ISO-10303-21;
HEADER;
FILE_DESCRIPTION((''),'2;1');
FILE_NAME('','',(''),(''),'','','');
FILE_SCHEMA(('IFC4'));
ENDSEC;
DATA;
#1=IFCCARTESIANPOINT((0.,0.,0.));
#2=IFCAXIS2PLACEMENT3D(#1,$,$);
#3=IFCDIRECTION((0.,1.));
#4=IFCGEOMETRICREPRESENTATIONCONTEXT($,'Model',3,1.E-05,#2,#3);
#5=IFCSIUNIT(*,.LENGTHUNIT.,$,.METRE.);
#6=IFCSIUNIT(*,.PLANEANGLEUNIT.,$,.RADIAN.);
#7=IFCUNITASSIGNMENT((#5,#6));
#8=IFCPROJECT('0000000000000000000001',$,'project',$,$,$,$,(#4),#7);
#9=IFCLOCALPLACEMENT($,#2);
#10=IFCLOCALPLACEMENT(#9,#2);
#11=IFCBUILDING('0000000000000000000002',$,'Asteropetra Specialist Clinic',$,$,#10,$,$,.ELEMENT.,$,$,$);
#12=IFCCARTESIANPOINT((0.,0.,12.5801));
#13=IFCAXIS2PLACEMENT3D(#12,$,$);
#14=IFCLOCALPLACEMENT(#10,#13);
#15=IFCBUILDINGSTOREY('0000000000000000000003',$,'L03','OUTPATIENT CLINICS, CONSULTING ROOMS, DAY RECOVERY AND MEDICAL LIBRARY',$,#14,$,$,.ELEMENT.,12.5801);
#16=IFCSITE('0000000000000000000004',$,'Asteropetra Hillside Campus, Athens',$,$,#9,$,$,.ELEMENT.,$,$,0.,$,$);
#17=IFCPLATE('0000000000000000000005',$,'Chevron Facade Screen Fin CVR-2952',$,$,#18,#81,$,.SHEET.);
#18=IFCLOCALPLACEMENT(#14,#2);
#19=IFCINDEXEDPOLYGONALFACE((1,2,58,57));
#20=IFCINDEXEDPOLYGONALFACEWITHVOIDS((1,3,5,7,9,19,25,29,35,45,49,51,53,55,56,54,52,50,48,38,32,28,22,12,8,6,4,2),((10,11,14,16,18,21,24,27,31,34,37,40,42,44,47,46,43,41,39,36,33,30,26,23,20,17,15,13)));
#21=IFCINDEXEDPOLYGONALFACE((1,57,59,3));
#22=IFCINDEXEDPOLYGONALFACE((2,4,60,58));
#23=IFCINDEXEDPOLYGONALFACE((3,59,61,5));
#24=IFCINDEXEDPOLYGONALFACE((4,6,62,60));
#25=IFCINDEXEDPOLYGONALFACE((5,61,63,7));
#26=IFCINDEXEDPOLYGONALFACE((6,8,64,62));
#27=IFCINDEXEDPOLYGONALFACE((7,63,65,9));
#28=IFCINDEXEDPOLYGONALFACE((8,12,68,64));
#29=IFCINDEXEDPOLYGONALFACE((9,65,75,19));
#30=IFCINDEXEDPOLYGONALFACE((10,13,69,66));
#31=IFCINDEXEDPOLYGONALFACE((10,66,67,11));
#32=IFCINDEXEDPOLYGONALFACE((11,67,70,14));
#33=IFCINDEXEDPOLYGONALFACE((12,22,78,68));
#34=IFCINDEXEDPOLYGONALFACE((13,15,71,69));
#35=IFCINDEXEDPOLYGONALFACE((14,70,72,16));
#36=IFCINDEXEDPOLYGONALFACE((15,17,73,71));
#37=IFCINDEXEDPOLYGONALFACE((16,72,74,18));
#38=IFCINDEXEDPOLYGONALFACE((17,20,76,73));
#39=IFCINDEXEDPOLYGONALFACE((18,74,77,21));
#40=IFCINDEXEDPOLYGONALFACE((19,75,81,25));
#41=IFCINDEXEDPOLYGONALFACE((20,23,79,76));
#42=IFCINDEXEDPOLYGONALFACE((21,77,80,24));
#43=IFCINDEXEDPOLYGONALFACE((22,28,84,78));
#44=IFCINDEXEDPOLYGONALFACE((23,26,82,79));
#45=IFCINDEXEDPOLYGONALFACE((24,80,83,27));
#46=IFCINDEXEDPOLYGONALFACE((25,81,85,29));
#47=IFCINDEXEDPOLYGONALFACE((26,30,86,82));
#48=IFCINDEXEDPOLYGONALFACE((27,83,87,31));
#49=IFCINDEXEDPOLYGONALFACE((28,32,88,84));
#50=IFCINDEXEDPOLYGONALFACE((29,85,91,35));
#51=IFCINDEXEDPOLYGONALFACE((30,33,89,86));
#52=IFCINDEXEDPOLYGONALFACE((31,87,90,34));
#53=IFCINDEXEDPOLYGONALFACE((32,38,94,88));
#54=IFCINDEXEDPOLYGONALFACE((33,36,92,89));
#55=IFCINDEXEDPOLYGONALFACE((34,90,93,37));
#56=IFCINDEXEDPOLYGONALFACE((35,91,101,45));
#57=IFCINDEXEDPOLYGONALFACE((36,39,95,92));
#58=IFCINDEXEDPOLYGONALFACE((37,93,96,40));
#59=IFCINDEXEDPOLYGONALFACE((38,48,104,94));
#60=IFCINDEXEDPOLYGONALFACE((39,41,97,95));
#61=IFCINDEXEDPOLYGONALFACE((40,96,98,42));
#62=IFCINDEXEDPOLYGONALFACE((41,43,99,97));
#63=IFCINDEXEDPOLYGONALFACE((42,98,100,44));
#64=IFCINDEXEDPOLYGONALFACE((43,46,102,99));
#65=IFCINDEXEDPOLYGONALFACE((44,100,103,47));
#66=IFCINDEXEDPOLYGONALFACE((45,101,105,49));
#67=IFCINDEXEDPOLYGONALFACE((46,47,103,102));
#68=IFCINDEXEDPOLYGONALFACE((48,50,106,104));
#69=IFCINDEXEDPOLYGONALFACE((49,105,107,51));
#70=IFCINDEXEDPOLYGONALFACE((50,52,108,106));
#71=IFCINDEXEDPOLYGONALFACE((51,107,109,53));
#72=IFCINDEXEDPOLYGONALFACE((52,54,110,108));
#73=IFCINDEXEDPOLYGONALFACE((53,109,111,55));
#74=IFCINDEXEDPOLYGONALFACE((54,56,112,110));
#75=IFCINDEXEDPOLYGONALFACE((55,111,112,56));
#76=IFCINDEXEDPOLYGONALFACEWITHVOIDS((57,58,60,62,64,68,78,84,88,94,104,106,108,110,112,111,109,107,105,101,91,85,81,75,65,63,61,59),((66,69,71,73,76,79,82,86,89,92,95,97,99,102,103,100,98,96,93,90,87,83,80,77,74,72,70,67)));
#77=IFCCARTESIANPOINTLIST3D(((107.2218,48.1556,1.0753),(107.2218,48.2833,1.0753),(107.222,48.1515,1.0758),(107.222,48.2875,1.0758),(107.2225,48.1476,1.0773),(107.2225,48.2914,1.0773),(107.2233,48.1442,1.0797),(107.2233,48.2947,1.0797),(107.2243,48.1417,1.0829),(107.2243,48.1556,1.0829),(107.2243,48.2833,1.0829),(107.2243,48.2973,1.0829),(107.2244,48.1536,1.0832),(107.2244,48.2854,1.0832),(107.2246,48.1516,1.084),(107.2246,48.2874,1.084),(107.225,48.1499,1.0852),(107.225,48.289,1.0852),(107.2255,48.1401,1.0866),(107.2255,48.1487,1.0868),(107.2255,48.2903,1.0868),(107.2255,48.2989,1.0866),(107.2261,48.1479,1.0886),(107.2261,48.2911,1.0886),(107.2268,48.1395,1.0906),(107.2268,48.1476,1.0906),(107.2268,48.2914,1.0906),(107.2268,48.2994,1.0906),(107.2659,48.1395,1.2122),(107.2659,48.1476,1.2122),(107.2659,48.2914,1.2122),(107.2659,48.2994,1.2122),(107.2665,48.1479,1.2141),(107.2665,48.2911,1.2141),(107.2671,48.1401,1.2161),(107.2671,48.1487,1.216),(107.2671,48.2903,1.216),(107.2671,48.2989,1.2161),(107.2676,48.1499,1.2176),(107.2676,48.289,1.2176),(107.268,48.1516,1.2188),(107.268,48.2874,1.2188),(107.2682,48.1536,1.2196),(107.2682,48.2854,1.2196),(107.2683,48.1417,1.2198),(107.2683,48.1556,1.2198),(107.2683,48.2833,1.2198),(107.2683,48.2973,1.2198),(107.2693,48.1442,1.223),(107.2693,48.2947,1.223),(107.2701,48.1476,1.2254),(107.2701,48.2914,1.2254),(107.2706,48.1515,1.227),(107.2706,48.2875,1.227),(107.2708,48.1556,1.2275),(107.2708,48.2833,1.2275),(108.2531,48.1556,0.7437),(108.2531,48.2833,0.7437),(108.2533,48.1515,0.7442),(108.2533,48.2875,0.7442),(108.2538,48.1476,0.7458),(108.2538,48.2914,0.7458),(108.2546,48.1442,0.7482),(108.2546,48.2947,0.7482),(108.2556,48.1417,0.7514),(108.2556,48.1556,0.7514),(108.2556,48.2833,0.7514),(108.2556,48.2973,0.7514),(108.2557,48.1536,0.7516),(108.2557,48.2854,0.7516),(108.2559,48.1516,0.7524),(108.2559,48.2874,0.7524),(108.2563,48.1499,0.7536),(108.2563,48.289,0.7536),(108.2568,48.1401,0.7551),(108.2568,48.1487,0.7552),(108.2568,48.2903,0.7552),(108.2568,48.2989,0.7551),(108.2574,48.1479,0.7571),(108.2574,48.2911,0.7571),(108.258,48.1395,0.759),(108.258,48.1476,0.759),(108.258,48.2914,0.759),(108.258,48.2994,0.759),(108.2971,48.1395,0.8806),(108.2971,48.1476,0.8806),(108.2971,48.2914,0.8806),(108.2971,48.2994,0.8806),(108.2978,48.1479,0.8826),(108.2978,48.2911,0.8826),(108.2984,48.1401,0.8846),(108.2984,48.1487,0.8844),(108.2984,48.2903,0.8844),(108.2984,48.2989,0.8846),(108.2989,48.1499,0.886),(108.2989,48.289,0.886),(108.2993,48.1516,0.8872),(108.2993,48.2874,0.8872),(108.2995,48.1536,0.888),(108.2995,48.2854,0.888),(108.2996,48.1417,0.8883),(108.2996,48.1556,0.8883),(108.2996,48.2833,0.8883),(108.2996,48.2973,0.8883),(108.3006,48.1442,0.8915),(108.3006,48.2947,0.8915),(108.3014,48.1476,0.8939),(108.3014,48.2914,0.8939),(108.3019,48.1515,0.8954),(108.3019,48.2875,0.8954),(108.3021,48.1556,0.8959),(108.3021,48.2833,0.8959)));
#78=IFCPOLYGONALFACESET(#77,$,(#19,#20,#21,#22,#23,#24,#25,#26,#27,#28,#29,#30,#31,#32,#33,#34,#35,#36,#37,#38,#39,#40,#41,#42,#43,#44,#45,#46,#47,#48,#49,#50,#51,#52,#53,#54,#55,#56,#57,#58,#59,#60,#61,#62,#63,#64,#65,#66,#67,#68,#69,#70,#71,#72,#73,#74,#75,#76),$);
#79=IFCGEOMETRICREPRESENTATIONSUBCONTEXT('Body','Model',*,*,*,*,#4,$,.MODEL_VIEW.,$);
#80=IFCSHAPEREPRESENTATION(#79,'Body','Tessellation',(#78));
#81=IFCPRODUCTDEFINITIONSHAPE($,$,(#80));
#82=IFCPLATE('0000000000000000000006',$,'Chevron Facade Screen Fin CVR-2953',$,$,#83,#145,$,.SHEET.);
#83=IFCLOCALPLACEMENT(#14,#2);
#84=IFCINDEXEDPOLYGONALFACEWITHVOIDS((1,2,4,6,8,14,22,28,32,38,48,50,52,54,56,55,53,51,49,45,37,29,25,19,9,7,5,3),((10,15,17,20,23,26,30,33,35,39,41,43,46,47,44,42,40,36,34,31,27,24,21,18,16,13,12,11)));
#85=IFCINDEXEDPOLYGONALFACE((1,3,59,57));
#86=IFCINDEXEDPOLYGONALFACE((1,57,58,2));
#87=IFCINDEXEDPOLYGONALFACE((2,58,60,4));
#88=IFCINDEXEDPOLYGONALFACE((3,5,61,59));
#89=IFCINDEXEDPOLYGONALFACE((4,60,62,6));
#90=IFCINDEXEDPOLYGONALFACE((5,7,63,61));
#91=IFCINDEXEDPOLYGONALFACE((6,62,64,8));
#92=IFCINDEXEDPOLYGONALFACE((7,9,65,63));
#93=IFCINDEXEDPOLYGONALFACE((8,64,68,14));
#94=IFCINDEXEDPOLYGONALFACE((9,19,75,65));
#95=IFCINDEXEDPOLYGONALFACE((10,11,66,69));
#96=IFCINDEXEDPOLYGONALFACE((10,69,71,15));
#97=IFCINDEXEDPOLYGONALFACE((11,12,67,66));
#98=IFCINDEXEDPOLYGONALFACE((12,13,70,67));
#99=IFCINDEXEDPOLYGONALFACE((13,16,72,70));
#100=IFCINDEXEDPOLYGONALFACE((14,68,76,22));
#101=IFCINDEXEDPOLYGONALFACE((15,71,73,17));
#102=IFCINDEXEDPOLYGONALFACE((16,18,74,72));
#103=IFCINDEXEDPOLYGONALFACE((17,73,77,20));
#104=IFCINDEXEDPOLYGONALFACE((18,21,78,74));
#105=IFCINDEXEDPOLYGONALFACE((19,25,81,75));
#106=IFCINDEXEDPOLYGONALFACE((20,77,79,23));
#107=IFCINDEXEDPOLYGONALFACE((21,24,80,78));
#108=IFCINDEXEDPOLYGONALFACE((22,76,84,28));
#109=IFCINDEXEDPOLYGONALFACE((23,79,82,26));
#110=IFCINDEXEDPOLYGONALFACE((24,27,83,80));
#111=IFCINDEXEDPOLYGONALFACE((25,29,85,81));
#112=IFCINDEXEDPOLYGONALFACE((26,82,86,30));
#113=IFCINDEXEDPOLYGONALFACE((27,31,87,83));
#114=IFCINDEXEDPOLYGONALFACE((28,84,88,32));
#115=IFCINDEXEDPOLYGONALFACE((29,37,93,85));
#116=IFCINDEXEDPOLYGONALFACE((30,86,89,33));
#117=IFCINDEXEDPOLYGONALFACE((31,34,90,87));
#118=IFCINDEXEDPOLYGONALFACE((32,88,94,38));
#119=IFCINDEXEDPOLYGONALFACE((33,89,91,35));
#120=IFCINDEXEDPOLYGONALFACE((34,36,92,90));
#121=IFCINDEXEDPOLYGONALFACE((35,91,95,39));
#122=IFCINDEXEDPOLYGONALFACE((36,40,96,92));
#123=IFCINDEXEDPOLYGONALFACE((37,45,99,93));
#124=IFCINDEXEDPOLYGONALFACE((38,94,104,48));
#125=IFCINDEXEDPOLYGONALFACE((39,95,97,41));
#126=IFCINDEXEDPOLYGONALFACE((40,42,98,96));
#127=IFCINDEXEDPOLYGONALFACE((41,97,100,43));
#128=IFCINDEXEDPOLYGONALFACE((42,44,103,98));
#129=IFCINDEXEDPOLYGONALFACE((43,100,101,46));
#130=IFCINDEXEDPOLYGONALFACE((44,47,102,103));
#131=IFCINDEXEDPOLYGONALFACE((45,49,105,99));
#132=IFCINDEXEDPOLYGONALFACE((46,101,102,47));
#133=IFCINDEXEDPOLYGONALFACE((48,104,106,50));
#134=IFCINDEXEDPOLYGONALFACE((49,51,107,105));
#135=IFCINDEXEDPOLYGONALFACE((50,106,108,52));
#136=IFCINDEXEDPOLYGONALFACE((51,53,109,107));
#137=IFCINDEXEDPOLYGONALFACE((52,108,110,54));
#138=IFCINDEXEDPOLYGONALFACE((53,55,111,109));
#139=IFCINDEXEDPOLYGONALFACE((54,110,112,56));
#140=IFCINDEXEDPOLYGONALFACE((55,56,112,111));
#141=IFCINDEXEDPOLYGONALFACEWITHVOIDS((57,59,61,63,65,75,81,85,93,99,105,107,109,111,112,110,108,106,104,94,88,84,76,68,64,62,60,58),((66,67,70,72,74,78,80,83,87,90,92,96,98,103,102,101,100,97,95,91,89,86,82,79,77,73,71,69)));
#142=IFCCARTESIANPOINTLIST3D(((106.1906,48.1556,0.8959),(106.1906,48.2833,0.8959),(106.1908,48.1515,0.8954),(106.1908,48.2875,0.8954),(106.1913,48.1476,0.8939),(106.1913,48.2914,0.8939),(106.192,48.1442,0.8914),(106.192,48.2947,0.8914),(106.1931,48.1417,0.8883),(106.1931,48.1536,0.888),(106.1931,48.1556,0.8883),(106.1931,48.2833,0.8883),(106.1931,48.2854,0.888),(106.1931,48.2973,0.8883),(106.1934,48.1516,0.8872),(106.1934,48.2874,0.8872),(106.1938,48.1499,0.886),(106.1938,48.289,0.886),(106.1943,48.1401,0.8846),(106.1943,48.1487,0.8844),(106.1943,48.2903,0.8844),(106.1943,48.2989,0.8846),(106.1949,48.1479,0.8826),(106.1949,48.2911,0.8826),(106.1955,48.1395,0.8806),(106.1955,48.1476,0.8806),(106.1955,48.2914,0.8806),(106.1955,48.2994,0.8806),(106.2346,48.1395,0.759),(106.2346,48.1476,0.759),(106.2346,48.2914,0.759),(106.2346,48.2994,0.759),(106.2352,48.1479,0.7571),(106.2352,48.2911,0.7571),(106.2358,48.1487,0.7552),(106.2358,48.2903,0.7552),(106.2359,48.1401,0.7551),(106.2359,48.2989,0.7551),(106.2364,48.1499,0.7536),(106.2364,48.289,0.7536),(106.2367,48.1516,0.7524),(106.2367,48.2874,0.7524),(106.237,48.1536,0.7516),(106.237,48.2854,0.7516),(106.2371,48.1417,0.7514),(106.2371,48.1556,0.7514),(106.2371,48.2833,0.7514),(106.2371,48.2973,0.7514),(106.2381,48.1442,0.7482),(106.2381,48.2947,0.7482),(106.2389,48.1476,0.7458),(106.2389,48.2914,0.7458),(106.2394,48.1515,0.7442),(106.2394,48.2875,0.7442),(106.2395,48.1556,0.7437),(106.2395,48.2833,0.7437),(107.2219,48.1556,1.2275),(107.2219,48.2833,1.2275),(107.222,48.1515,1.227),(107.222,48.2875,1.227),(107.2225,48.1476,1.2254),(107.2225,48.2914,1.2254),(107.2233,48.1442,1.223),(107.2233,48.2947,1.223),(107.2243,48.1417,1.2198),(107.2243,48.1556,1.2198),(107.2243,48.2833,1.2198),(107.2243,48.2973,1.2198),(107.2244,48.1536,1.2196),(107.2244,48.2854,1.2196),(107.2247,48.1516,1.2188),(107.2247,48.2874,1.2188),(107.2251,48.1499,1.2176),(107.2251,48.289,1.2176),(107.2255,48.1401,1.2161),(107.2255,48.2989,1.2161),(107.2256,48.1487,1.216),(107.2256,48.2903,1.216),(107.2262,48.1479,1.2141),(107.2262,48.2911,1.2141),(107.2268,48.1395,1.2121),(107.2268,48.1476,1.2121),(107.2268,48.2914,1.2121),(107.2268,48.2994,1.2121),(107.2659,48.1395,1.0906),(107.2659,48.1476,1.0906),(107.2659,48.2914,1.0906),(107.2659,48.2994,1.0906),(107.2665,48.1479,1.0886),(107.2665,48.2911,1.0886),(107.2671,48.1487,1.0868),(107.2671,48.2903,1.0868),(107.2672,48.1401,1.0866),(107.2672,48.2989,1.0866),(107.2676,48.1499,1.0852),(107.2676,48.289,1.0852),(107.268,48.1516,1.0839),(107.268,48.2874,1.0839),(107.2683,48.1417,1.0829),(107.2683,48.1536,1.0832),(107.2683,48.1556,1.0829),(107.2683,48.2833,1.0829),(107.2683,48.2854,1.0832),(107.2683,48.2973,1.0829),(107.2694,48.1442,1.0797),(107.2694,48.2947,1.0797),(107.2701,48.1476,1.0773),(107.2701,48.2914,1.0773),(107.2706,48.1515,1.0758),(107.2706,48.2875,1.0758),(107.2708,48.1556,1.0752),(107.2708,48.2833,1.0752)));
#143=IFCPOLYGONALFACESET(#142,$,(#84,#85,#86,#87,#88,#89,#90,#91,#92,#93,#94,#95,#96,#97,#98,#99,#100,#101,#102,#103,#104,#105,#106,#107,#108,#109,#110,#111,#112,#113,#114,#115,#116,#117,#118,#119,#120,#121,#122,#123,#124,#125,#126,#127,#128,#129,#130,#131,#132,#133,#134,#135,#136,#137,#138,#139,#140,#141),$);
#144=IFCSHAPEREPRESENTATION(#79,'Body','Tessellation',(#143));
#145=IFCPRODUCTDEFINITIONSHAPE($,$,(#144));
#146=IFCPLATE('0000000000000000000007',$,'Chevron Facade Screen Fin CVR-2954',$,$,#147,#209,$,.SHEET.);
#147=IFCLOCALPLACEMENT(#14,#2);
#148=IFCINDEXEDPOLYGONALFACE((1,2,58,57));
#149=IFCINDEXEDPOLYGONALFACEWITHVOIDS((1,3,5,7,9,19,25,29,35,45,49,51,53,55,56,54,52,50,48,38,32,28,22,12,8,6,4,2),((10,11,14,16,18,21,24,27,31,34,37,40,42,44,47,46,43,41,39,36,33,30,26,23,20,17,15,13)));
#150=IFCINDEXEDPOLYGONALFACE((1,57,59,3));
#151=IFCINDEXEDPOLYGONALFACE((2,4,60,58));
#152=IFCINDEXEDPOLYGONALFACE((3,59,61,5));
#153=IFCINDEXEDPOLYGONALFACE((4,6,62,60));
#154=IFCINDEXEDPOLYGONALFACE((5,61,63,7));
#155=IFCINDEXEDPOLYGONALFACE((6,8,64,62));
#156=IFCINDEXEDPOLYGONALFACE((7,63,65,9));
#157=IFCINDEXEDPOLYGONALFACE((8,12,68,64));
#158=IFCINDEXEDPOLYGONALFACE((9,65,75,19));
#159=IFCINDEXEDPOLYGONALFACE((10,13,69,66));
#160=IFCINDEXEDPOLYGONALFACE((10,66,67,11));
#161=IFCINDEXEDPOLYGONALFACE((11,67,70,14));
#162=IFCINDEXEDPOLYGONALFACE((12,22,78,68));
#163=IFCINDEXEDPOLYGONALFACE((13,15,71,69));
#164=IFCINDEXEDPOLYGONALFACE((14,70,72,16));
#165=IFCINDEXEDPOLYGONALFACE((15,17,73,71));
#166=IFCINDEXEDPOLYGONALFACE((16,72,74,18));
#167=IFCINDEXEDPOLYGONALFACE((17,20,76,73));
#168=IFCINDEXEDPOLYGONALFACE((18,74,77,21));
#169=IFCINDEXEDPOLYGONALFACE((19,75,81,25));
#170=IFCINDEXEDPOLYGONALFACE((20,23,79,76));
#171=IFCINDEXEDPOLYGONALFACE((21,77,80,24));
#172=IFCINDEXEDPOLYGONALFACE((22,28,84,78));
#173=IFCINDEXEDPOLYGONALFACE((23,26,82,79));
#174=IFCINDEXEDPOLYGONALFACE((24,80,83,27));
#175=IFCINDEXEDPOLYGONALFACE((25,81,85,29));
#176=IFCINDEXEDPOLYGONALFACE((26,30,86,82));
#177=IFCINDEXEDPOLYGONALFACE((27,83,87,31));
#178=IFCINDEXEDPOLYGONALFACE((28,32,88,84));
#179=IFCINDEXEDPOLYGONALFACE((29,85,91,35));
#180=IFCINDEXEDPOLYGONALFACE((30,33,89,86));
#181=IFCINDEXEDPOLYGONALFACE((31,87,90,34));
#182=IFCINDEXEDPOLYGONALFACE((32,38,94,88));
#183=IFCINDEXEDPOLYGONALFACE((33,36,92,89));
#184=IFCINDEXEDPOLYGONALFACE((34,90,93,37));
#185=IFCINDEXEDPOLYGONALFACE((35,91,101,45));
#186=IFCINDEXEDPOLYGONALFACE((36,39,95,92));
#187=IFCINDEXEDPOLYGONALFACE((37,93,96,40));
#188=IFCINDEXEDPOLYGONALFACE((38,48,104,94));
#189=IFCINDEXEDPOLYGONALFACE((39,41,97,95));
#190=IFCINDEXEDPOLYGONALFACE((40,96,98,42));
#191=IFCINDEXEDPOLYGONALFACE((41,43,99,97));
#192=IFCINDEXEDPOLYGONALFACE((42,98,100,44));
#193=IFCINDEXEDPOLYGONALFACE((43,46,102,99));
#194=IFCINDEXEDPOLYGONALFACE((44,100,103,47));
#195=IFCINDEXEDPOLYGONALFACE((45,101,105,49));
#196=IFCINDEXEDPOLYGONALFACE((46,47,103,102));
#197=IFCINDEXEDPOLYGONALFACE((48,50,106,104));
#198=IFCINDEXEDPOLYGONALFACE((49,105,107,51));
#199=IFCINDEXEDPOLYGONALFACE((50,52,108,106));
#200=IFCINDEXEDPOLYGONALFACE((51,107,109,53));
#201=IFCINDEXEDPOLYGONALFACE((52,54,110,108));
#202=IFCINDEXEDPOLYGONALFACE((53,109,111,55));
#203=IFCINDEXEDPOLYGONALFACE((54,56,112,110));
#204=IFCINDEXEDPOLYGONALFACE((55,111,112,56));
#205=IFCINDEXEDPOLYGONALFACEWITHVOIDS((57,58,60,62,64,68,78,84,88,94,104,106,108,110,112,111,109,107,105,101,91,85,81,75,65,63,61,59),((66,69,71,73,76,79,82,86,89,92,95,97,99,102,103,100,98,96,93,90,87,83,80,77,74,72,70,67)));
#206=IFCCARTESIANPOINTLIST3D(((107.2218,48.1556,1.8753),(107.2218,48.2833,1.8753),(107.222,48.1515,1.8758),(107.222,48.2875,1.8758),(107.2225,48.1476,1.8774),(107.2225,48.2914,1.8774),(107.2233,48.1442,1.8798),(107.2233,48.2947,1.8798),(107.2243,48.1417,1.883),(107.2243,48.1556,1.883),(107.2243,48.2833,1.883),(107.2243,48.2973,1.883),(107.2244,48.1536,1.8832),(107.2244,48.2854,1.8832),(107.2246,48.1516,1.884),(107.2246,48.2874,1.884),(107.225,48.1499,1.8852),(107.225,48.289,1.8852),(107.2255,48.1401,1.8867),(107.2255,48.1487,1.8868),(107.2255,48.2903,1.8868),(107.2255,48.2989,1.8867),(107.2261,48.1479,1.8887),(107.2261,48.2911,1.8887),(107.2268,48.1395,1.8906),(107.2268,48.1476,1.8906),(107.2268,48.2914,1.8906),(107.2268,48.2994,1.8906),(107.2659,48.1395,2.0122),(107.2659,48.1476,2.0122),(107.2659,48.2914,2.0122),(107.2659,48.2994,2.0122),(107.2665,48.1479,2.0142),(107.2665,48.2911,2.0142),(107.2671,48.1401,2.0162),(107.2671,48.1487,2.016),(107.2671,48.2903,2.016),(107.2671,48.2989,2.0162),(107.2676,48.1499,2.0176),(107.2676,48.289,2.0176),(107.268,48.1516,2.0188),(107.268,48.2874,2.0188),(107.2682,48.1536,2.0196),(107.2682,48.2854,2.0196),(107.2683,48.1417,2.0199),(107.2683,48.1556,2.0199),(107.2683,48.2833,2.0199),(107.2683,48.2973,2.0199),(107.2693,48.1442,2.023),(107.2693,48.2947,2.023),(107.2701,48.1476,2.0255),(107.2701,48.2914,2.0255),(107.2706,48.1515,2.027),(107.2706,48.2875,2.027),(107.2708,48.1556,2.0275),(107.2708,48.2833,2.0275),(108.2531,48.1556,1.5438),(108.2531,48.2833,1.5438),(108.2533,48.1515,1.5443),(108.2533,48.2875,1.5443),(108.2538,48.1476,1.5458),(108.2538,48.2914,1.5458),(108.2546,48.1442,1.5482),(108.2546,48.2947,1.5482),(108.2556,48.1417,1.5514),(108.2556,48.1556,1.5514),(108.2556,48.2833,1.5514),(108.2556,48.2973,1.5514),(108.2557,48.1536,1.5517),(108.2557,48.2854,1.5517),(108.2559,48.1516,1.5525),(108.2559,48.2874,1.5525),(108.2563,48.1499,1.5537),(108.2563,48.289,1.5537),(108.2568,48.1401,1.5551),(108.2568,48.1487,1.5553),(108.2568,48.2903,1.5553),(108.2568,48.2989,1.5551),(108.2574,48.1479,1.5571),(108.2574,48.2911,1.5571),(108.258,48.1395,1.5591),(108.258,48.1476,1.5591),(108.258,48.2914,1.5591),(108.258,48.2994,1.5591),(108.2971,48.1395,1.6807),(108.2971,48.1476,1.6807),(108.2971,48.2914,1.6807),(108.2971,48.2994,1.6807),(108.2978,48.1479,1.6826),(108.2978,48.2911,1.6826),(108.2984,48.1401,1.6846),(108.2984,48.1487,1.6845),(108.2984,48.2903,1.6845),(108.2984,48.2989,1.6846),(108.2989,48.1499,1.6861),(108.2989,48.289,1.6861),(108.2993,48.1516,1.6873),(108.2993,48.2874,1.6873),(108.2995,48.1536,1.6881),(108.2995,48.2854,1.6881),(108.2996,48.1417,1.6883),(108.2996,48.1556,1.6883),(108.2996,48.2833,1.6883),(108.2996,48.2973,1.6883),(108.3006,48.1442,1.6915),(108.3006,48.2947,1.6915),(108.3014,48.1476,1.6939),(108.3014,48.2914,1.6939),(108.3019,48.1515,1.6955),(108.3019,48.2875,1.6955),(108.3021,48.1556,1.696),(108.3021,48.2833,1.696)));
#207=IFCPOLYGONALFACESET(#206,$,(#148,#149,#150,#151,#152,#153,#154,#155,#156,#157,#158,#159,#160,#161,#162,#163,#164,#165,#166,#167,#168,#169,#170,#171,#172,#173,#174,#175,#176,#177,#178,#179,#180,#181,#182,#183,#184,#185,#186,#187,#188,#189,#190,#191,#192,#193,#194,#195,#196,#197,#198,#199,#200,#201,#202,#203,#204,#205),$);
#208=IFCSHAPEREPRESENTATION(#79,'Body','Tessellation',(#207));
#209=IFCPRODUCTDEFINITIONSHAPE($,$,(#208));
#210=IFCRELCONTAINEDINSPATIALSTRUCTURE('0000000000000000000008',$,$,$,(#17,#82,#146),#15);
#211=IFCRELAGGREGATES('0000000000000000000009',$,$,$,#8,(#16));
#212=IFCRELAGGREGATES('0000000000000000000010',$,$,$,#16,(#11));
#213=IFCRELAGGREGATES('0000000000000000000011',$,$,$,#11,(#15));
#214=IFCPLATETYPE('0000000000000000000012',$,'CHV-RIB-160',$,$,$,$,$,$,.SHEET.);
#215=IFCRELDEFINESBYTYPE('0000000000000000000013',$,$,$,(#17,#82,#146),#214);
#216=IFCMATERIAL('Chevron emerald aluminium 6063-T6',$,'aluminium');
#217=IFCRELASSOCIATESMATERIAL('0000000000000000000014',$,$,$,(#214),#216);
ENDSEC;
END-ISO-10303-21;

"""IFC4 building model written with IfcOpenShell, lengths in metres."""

from ifc_helpers import new_model, si_unit, direction, frame, origin, origin_2d, place, context, subcontext, project, spatial, hollow_rectangle, extrude, material, material_profile, profile_set, type_object, element, save


model = new_model("IFC4")

# Units and contexts
model_context = context("Model", 3, precision=1e-05, world=origin(), true_north=direction((0.0, 1.0)))
body_context = subcontext(model_context, "Body", "Model", "MODEL_VIEW")
ifc_project = project(units=[si_unit("LENGTHUNIT", "METRE"), si_unit("PLANEANGLEUNIT", "RADIAN")], contexts=[model_context])

# Site, building, storey
site_placement = place(None, origin())
site = spatial("IfcSite", under=ifc_project, at=site_placement, Name="Asteropetra Hillside Campus, Athens", CompositionType="ELEMENT", RefElevation=0.0)
building_placement = place(site_placement, origin())
building = spatial("IfcBuilding", under=site, at=building_placement, Name="Asteropetra Specialist Clinic", CompositionType="ELEMENT")
storey_placement = place(building_placement, frame((0.0, 0.0, 12.5801)))
storey = spatial("IfcBuildingStorey", under=building, at=storey_placement, Name="L03", Description="OUTPATIENT CLINICS, CONSULTING ROOMS, DAY RECOVERY AND MEDICAL LIBRARY", CompositionType="ELEMENT", Elevation=12.5801)

# Plates
ifc_material_1 = material(Name="Chevron emerald aluminium 6063-T6", Category="aluminium")
ifc_material_profile_1 = material_profile(ifc_material_1, hollow_rectangle(XDim=0.1599, YDim=0.1599, WallThickness=0.0081, InnerFilletRadius=0.0081, OuterFilletRadius=0.0161, at=origin_2d()), Name="SHS 160x160x8.0")
ifc_profile_set_1 = profile_set([ifc_material_profile_1], Name="Chevron emerald aluminium 6063-T6")
plate_type_1 = type_object("IfcPlateType", Name="CHV-RIB-160", PredefinedType="SHEET", material=ifc_profile_set_1)
for number, where, z_axis, x_axis, name in (
    (1, (108.2776, 48.2195, 0.8198), (-0.95201, 0.0, 0.306068), (0.0, -1.0, 0.0), "Chevron Facade Screen Fin CVR-2952"),
    (2, (107.2463, 48.2195, 1.1514), (-0.95201, 0.0, -0.306068), (0.0, -1.0, 0.0), "Chevron Facade Screen Fin CVR-2953"),
    (3, (108.2776, 48.2195, 1.6199), (-0.95201, 0.0, 0.306068), (0.0, -1.0, 0.0), "Chevron Facade Screen Fin CVR-2954"),
):
    element("IfcPlate", number, at=place(storey_placement, frame(where, z_axis=z_axis, x_axis=x_axis)), inside=storey, type_object=plate_type_1, Name=name, PredefinedType="SHEET", context=body_context, shape_type="SweptSolid", body=[
        extrude(hollow_rectangle(XDim=0.1599, YDim=0.1599, WallThickness=0.0081, InnerFilletRadius=0.0081, OuterFilletRadius=0.0161, at=origin_2d()), origin(), (0.0, 0.0, 1.0), 1.0833),
    ])

save(model, "model.ifc")
